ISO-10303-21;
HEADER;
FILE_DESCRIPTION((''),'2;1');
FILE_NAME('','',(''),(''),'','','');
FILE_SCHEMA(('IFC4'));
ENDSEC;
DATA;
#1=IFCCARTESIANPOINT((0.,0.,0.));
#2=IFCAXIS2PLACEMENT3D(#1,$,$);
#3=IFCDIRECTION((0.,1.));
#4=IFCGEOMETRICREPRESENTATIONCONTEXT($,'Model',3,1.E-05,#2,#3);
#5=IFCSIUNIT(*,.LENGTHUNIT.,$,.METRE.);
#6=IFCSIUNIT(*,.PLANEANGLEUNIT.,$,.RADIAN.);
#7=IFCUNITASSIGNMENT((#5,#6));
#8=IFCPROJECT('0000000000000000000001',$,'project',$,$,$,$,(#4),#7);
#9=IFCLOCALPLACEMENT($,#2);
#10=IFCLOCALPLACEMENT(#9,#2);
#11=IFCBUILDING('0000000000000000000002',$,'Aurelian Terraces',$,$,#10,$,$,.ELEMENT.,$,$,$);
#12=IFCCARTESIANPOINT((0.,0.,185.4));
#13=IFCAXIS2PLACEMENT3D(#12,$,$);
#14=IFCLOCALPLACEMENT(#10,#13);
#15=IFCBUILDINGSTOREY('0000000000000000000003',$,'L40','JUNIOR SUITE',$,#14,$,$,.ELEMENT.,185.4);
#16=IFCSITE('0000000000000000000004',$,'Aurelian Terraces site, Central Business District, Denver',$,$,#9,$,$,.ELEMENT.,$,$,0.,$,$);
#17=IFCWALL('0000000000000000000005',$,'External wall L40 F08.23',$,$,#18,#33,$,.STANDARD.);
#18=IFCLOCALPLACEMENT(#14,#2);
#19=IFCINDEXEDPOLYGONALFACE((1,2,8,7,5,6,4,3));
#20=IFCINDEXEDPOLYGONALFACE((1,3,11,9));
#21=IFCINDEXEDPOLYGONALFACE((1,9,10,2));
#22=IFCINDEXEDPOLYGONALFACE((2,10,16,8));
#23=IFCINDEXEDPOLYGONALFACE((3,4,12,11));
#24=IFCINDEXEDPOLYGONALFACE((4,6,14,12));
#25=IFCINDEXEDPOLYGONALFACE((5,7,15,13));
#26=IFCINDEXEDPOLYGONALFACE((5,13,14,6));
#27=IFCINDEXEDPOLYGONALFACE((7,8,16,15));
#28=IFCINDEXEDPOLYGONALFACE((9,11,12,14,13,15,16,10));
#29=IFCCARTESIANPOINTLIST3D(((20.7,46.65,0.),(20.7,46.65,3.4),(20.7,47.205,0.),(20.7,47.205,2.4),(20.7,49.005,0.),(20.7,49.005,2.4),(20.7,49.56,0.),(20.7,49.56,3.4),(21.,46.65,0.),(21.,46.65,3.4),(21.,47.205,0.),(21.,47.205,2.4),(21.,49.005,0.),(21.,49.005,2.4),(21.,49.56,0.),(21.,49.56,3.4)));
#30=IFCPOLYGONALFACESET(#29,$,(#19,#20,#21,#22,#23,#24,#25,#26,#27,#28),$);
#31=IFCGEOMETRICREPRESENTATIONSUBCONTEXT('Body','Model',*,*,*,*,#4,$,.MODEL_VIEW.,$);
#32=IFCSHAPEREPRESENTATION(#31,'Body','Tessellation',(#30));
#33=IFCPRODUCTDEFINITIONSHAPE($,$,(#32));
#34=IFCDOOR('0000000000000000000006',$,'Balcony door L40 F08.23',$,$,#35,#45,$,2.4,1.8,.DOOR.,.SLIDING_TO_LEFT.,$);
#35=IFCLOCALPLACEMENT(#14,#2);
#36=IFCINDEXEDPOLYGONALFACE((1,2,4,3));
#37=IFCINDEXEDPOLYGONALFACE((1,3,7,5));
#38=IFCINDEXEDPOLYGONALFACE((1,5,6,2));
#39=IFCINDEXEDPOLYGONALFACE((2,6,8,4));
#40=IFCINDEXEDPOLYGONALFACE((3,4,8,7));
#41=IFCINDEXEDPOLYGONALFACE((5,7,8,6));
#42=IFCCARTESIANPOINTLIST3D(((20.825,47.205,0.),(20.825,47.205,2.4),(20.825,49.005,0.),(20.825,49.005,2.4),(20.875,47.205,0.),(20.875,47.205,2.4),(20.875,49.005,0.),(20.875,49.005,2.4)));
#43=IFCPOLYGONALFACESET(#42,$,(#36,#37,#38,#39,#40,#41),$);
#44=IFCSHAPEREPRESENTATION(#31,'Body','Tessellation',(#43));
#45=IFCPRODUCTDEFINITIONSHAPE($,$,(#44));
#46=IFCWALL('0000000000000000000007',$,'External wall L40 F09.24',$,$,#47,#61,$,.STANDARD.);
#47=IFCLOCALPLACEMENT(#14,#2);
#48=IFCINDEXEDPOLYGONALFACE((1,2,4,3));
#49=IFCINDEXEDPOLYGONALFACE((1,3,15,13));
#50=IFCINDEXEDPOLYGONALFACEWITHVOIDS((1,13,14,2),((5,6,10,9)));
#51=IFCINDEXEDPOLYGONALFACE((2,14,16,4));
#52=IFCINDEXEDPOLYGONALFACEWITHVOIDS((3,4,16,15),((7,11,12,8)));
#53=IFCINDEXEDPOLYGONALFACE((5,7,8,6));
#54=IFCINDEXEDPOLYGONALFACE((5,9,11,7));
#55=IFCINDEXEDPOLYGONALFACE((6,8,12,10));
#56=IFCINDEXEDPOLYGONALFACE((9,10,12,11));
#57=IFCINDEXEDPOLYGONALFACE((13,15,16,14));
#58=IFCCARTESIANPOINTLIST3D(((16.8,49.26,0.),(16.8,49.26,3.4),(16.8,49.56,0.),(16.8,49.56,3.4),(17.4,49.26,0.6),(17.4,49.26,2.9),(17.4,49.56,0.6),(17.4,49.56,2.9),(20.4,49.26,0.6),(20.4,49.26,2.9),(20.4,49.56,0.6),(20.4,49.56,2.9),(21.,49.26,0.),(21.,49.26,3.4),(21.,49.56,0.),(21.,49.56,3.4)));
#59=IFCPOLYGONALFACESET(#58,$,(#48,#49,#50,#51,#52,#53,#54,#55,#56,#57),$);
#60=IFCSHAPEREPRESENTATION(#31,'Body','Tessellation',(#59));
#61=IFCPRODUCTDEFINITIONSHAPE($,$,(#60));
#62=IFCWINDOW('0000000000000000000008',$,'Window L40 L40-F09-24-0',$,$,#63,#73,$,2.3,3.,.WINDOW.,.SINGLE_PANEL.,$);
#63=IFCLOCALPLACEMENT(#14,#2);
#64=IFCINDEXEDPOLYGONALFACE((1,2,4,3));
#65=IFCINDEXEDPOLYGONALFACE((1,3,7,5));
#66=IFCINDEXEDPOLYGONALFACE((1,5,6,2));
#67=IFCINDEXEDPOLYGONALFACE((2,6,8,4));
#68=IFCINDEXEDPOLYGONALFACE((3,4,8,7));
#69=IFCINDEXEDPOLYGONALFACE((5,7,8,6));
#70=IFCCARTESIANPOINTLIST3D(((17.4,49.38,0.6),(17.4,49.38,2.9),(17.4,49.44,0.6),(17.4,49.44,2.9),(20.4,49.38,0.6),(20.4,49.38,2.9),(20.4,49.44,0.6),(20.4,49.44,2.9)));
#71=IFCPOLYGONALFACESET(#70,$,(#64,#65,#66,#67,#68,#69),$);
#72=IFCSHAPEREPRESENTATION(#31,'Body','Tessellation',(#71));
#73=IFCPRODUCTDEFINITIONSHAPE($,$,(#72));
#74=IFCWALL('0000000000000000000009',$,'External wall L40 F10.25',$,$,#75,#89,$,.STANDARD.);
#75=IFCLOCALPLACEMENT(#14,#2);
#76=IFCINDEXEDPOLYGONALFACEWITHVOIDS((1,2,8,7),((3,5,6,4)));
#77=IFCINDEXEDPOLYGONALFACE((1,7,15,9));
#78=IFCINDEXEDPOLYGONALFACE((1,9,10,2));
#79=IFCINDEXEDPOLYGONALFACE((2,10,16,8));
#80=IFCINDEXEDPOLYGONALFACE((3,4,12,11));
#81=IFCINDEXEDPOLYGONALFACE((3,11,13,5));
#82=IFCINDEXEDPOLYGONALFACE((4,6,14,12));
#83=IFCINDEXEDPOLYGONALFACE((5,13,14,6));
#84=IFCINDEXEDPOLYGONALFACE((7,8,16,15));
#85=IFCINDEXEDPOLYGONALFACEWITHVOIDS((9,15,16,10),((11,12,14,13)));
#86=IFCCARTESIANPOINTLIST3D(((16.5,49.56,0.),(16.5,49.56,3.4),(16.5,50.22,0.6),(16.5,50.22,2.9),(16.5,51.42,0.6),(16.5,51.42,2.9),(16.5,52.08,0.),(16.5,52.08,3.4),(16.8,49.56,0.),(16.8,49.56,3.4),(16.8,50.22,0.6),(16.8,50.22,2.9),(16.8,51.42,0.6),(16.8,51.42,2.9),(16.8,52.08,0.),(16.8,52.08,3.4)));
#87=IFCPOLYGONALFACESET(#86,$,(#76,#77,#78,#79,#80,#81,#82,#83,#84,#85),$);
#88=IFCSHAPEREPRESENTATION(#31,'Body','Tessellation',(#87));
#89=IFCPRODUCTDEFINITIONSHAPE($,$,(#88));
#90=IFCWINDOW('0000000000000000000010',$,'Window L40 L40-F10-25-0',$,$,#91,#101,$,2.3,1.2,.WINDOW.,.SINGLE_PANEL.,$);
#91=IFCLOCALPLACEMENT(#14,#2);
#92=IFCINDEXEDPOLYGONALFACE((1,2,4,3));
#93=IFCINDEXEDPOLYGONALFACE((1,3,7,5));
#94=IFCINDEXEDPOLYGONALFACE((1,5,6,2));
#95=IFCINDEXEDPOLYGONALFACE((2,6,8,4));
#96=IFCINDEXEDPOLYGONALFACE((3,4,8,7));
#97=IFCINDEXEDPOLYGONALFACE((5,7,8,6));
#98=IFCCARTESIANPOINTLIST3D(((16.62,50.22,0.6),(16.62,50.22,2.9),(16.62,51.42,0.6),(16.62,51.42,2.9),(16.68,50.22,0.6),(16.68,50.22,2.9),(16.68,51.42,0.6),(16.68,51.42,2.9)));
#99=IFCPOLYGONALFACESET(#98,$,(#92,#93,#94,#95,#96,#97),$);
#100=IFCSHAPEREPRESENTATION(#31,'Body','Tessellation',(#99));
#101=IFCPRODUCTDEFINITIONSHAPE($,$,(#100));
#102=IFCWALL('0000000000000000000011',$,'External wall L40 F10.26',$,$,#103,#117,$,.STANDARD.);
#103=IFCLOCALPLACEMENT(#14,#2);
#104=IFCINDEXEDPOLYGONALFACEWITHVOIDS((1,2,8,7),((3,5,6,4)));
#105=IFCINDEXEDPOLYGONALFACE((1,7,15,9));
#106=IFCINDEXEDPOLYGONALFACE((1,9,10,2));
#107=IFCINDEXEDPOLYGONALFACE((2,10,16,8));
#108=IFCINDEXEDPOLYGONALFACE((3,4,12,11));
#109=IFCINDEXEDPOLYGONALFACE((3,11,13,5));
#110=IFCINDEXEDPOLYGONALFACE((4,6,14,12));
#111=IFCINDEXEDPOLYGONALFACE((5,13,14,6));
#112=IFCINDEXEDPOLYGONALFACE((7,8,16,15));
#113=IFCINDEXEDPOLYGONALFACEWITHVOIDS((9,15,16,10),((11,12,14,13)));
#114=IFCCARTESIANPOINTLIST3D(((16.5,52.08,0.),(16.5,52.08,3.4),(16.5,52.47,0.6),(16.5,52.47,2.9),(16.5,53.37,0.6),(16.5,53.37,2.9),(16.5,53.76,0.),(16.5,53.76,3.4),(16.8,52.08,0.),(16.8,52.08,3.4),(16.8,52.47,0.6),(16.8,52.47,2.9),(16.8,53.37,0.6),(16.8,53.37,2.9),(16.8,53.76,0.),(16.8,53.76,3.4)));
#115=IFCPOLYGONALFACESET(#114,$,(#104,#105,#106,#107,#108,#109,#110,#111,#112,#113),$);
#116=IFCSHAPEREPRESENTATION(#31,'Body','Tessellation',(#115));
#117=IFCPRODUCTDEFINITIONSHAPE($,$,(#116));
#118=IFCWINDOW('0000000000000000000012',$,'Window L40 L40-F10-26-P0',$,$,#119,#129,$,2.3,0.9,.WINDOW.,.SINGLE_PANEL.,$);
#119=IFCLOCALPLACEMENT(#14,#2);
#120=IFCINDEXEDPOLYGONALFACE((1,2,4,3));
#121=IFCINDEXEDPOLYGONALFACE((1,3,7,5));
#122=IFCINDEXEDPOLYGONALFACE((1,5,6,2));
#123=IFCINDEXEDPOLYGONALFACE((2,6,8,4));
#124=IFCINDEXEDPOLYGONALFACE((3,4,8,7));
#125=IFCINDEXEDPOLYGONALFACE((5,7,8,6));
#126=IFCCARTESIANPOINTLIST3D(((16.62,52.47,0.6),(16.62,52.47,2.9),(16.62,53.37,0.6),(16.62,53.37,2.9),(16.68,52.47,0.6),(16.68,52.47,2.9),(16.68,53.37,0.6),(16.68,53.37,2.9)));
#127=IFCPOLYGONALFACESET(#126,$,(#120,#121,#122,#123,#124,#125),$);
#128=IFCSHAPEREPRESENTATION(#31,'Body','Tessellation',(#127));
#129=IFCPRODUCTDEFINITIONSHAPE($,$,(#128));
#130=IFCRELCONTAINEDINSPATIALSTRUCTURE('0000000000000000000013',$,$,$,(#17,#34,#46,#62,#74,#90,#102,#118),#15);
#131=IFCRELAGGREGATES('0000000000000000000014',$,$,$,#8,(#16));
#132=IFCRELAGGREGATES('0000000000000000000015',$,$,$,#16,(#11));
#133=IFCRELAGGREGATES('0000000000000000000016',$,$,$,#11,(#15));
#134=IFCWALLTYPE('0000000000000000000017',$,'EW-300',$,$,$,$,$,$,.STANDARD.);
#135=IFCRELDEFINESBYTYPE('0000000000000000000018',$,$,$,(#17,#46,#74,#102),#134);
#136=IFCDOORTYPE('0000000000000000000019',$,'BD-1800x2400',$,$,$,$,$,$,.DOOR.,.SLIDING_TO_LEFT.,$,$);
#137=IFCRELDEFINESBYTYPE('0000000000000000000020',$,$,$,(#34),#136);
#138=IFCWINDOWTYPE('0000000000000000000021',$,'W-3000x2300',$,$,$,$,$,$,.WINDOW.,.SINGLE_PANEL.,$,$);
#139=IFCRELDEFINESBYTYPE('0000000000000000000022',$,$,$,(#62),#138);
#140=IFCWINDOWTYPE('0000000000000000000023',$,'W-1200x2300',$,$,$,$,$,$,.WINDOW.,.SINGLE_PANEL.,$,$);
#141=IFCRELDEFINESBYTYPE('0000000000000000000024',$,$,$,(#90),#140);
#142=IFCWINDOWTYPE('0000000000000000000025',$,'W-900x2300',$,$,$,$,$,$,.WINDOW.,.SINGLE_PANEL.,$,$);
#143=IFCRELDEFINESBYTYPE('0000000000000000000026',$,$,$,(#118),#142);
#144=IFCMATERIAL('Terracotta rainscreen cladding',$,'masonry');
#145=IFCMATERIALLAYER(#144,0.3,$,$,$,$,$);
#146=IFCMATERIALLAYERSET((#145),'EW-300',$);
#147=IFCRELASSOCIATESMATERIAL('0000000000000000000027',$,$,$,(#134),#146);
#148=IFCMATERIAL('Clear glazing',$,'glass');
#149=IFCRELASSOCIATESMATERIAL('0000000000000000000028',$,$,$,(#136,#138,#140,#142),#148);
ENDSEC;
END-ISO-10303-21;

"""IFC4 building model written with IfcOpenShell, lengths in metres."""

from ifc_helpers import new_model, si_unit, direction, frame, frame_2d, origin, place, context, subcontext, project, spatial, rectangle, extrude, source, transform, mapped, material, layer, layer_set, type_object, element, fill, save


model = new_model("IFC4")

# Units and contexts
model_context = context("Model", 3, precision=1e-05, world=origin(), true_north=direction((0.0, 1.0)))
body_context = subcontext(model_context, "Body", "Model", "MODEL_VIEW")
ifc_project = project(units=[si_unit("LENGTHUNIT", "METRE"), si_unit("PLANEANGLEUNIT", "RADIAN")], contexts=[model_context])

# Site, building, storey
site_placement = place(None, origin())
site = spatial("IfcSite", under=ifc_project, at=site_placement, Name="Aurelian Terraces site, Central Business District, Denver", CompositionType="ELEMENT", RefElevation=0.0)
building_placement = place(site_placement, origin())
building = spatial("IfcBuilding", under=site, at=building_placement, Name="Aurelian Terraces", CompositionType="ELEMENT")
storey_placement = place(building_placement, frame((0.0, 0.0, 185.4)))
storey = spatial("IfcBuildingStorey", under=building, at=storey_placement, Name="L40", Description="JUNIOR SUITE", CompositionType="ELEMENT", Elevation=185.4)

# Wall, opening, door
ifc_material_1 = material(Name="Terracotta rainscreen cladding", Category="masonry")
ifc_layer_1 = layer(ifc_material_1, 0.3)
ifc_layer_set_1 = layer_set([ifc_layer_1], Name="EW-300")
wall_type_1 = type_object("IfcWallType", Name="EW-300", PredefinedType="STANDARD", material=ifc_layer_set_1)
shared_shape_1 = source(origin(), body_context, "Body", "SweptSolid", [
    extrude(rectangle(XDim=2.91, YDim=0.3, at=frame_2d((1.455, 0.0))), origin(), (0.0, 0.0, 1.0), 3.4),
])
wall_1_placement = place(storey_placement, frame((20.85, 46.65, 0.0), z_axis=(0.0, 0.0, 1.0), x_axis=(0.0, 1.0, 0.0)))
wall_1 = element("IfcWall", 1, at=wall_1_placement, inside=storey, type_object=wall_type_1, Name="External wall L40 F08.23", PredefinedType="STANDARD", context=body_context, shape_type="MappedRepresentation", body=[
    mapped(shared_shape_1, transform((0.0, 0.0, 0.0), scale=1.0)),
])
shared_shape_2 = source(origin(), body_context, "Body", "SweptSolid", [
    extrude(rectangle(XDim=1.8, YDim=2.4, at=frame_2d((0.9, 1.2))), frame((0.0, 0.16, 0.0), z_axis=(0.0, -1.0, 0.0), x_axis=(1.0, 0.0, 0.0)), (0.0, 0.0, 1.0), 0.32),
])
opening_1_placement = place(wall_1_placement, frame((0.555, 0.0, 0.0)))
opening_1 = element("IfcOpeningElement", 2, at=opening_1_placement, cuts=wall_1, PredefinedType="OPENING", context=body_context, shape_type="MappedRepresentation", body=[
    mapped(shared_shape_2, transform((0.0, 0.0, 0.0), scale=1.0)),
])
ifc_material_2 = material(Name="Clear glazing", Category="glass")
door_type_1 = type_object("IfcDoorType", Name="BD-1800x2400", OperationType="SLIDING_TO_LEFT", PredefinedType="DOOR", material=ifc_material_2)
shared_shape_3 = source(origin(), body_context, "Body", "SweptSolid", [
    extrude(rectangle(XDim=1.8, YDim=2.4, at=frame_2d((0.9, 1.2))), frame((0.0, 0.025, 0.0), z_axis=(0.0, -1.0, 0.0), x_axis=(1.0, 0.0, 0.0)), (0.0, 0.0, 1.0), 0.05),
])
door_1_placement = place(opening_1_placement, origin())
door_1 = element("IfcDoor", 3, at=door_1_placement, inside=storey, type_object=door_type_1, Name="Balcony door L40 F08.23", OperationType="SLIDING_TO_LEFT", OverallHeight=2.4, OverallWidth=1.8, PredefinedType="DOOR", context=body_context, shape_type="MappedRepresentation", body=[
    mapped(shared_shape_3, transform((0.0, 0.0, 0.0), scale=1.0)),
])
fill(opening_1, door_1)

# Walls, openings, windows
shared_shape_4 = source(origin(), body_context, "Body", "SweptSolid", [
    extrude(rectangle(XDim=4.2, YDim=0.3, at=frame_2d((2.1, 0.0))), origin(), (0.0, 0.0, 1.0), 3.4),
])
wall_2_placement = place(storey_placement, frame((21.0, 49.41, 0.0), z_axis=(0.0, 0.0, 1.0), x_axis=(-1.0, 0.0, 0.0)))
wall_2 = element("IfcWall", 4, at=wall_2_placement, inside=storey, type_object=wall_type_1, Name="External wall L40 F09.24", PredefinedType="STANDARD", context=body_context, shape_type="MappedRepresentation", body=[
    mapped(shared_shape_4, transform((0.0, 0.0, 0.0), scale=1.0)),
])
shared_shape_5 = source(origin(), body_context, "Body", "SweptSolid", [
    extrude(rectangle(XDim=3.0, YDim=2.3, at=frame_2d((1.5, 1.15))), frame((0.0, 0.16, 0.0), z_axis=(0.0, -1.0, 0.0), x_axis=(1.0, 0.0, 0.0)), (0.0, 0.0, 1.0), 0.32),
])
opening_2_placement = place(wall_2_placement, frame((0.6, 0.0, 0.6)))
opening_2 = element("IfcOpeningElement", 5, at=opening_2_placement, cuts=wall_2, PredefinedType="OPENING", context=body_context, shape_type="MappedRepresentation", body=[
    mapped(shared_shape_5, transform((0.0, 0.0, 0.0), scale=1.0)),
])
window_type_1 = type_object("IfcWindowType", Name="W-3000x2300", PartitioningType="SINGLE_PANEL", PredefinedType="WINDOW", material=ifc_material_2)
shared_shape_6 = source(origin(), body_context, "Body", "SweptSolid", [
    extrude(rectangle(XDim=3.0, YDim=2.3, at=frame_2d((1.5, 1.15))), frame((0.0, 0.03, 0.0), z_axis=(0.0, -1.0, 0.0), x_axis=(1.0, 0.0, 0.0)), (0.0, 0.0, 1.0), 0.06),
])
window_1_placement = place(opening_2_placement, origin())
window_1 = element("IfcWindow", 6, at=window_1_placement, inside=storey, type_object=window_type_1, Name="Window L40 L40-F09-24-0", OverallHeight=2.3, OverallWidth=3.0, PartitioningType="SINGLE_PANEL", PredefinedType="WINDOW", context=body_context, shape_type="MappedRepresentation", body=[
    mapped(shared_shape_6, transform((0.0, 0.0, 0.0), scale=1.0)),
])
fill(opening_2, window_1)
shared_shape_7 = source(origin(), body_context, "Body", "SweptSolid", [
    extrude(rectangle(XDim=2.52, YDim=0.3, at=frame_2d((1.26, 0.0))), origin(), (0.0, 0.0, 1.0), 3.4),
])
wall_3_placement = place(storey_placement, frame((16.65, 49.56, 0.0), z_axis=(0.0, 0.0, 1.0), x_axis=(0.0, 1.0, 0.0)))
wall_3 = element("IfcWall", 7, at=wall_3_placement, inside=storey, type_object=wall_type_1, Name="External wall L40 F10.25", PredefinedType="STANDARD", context=body_context, shape_type="MappedRepresentation", body=[
    mapped(shared_shape_7, transform((0.0, 0.0, 0.0), scale=1.0)),
])
shared_shape_8 = source(origin(), body_context, "Body", "SweptSolid", [
    extrude(rectangle(XDim=1.2, YDim=2.3, at=frame_2d((0.6, 1.15))), frame((0.0, 0.16, 0.0), z_axis=(0.0, -1.0, 0.0), x_axis=(1.0, 0.0, 0.0)), (0.0, 0.0, 1.0), 0.32),
])
opening_3_placement = place(wall_3_placement, frame((0.66, 0.0, 0.6)))
opening_3 = element("IfcOpeningElement", 8, at=opening_3_placement, cuts=wall_3, PredefinedType="OPENING", context=body_context, shape_type="MappedRepresentation", body=[
    mapped(shared_shape_8, transform((0.0, 0.0, 0.0), scale=1.0)),
])
window_type_2 = type_object("IfcWindowType", Name="W-1200x2300", PartitioningType="SINGLE_PANEL", PredefinedType="WINDOW", material=ifc_material_2)
shared_shape_9 = source(origin(), body_context, "Body", "SweptSolid", [
    extrude(rectangle(XDim=1.2, YDim=2.3, at=frame_2d((0.6, 1.15))), frame((0.0, 0.03, 0.0), z_axis=(0.0, -1.0, 0.0), x_axis=(1.0, 0.0, 0.0)), (0.0, 0.0, 1.0), 0.06),
])
window_2_placement = place(opening_3_placement, origin())
window_2 = element("IfcWindow", 9, at=window_2_placement, inside=storey, type_object=window_type_2, Name="Window L40 L40-F10-25-0", OverallHeight=2.3, OverallWidth=1.2, PartitioningType="SINGLE_PANEL", PredefinedType="WINDOW", context=body_context, shape_type="MappedRepresentation", body=[
    mapped(shared_shape_9, transform((0.0, 0.0, 0.0), scale=1.0)),
])
fill(opening_3, window_2)
shared_shape_10 = source(origin(), body_context, "Body", "SweptSolid", [
    extrude(rectangle(XDim=1.68, YDim=0.3, at=frame_2d((0.84, 0.0))), origin(), (0.0, 0.0, 1.0), 3.4),
])
wall_4_placement = place(storey_placement, frame((16.65, 52.08, 0.0), z_axis=(0.0, 0.0, 1.0), x_axis=(0.0, 1.0, 0.0)))
wall_4 = element("IfcWall", 10, at=wall_4_placement, inside=storey, type_object=wall_type_1, Name="External wall L40 F10.26", PredefinedType="STANDARD", context=body_context, shape_type="MappedRepresentation", body=[
    mapped(shared_shape_10, transform((0.0, 0.0, 0.0), scale=1.0)),
])
shared_shape_11 = source(origin(), body_context, "Body", "SweptSolid", [
    extrude(rectangle(XDim=0.9, YDim=2.3, at=frame_2d((0.45, 1.15))), frame((0.0, 0.16, 0.0), z_axis=(0.0, -1.0, 0.0), x_axis=(1.0, 0.0, 0.0)), (0.0, 0.0, 1.0), 0.32),
])
opening_4_placement = place(wall_4_placement, frame((0.39, 0.0, 0.6)))
opening_4 = element("IfcOpeningElement", 11, at=opening_4_placement, cuts=wall_4, PredefinedType="OPENING", context=body_context, shape_type="MappedRepresentation", body=[
    mapped(shared_shape_11, transform((0.0, 0.0, 0.0), scale=1.0)),
])
window_type_3 = type_object("IfcWindowType", Name="W-900x2300", PartitioningType="SINGLE_PANEL", PredefinedType="WINDOW", material=ifc_material_2)
shared_shape_12 = source(origin(), body_context, "Body", "SweptSolid", [
    extrude(rectangle(XDim=0.9, YDim=2.3, at=frame_2d((0.45, 1.15))), frame((0.0, 0.03, 0.0), z_axis=(0.0, -1.0, 0.0), x_axis=(1.0, 0.0, 0.0)), (0.0, 0.0, 1.0), 0.06),
])
window_3_placement = place(opening_4_placement, origin())
window_3 = element("IfcWindow", 12, at=window_3_placement, inside=storey, type_object=window_type_3, Name="Window L40 L40-F10-26-P0", OverallHeight=2.3, OverallWidth=0.9, PartitioningType="SINGLE_PANEL", PredefinedType="WINDOW", context=body_context, shape_type="MappedRepresentation", body=[
    mapped(shared_shape_12, transform((0.0, 0.0, 0.0), scale=1.0)),
])
fill(opening_4, window_3)

save(model, "model.ifc")
